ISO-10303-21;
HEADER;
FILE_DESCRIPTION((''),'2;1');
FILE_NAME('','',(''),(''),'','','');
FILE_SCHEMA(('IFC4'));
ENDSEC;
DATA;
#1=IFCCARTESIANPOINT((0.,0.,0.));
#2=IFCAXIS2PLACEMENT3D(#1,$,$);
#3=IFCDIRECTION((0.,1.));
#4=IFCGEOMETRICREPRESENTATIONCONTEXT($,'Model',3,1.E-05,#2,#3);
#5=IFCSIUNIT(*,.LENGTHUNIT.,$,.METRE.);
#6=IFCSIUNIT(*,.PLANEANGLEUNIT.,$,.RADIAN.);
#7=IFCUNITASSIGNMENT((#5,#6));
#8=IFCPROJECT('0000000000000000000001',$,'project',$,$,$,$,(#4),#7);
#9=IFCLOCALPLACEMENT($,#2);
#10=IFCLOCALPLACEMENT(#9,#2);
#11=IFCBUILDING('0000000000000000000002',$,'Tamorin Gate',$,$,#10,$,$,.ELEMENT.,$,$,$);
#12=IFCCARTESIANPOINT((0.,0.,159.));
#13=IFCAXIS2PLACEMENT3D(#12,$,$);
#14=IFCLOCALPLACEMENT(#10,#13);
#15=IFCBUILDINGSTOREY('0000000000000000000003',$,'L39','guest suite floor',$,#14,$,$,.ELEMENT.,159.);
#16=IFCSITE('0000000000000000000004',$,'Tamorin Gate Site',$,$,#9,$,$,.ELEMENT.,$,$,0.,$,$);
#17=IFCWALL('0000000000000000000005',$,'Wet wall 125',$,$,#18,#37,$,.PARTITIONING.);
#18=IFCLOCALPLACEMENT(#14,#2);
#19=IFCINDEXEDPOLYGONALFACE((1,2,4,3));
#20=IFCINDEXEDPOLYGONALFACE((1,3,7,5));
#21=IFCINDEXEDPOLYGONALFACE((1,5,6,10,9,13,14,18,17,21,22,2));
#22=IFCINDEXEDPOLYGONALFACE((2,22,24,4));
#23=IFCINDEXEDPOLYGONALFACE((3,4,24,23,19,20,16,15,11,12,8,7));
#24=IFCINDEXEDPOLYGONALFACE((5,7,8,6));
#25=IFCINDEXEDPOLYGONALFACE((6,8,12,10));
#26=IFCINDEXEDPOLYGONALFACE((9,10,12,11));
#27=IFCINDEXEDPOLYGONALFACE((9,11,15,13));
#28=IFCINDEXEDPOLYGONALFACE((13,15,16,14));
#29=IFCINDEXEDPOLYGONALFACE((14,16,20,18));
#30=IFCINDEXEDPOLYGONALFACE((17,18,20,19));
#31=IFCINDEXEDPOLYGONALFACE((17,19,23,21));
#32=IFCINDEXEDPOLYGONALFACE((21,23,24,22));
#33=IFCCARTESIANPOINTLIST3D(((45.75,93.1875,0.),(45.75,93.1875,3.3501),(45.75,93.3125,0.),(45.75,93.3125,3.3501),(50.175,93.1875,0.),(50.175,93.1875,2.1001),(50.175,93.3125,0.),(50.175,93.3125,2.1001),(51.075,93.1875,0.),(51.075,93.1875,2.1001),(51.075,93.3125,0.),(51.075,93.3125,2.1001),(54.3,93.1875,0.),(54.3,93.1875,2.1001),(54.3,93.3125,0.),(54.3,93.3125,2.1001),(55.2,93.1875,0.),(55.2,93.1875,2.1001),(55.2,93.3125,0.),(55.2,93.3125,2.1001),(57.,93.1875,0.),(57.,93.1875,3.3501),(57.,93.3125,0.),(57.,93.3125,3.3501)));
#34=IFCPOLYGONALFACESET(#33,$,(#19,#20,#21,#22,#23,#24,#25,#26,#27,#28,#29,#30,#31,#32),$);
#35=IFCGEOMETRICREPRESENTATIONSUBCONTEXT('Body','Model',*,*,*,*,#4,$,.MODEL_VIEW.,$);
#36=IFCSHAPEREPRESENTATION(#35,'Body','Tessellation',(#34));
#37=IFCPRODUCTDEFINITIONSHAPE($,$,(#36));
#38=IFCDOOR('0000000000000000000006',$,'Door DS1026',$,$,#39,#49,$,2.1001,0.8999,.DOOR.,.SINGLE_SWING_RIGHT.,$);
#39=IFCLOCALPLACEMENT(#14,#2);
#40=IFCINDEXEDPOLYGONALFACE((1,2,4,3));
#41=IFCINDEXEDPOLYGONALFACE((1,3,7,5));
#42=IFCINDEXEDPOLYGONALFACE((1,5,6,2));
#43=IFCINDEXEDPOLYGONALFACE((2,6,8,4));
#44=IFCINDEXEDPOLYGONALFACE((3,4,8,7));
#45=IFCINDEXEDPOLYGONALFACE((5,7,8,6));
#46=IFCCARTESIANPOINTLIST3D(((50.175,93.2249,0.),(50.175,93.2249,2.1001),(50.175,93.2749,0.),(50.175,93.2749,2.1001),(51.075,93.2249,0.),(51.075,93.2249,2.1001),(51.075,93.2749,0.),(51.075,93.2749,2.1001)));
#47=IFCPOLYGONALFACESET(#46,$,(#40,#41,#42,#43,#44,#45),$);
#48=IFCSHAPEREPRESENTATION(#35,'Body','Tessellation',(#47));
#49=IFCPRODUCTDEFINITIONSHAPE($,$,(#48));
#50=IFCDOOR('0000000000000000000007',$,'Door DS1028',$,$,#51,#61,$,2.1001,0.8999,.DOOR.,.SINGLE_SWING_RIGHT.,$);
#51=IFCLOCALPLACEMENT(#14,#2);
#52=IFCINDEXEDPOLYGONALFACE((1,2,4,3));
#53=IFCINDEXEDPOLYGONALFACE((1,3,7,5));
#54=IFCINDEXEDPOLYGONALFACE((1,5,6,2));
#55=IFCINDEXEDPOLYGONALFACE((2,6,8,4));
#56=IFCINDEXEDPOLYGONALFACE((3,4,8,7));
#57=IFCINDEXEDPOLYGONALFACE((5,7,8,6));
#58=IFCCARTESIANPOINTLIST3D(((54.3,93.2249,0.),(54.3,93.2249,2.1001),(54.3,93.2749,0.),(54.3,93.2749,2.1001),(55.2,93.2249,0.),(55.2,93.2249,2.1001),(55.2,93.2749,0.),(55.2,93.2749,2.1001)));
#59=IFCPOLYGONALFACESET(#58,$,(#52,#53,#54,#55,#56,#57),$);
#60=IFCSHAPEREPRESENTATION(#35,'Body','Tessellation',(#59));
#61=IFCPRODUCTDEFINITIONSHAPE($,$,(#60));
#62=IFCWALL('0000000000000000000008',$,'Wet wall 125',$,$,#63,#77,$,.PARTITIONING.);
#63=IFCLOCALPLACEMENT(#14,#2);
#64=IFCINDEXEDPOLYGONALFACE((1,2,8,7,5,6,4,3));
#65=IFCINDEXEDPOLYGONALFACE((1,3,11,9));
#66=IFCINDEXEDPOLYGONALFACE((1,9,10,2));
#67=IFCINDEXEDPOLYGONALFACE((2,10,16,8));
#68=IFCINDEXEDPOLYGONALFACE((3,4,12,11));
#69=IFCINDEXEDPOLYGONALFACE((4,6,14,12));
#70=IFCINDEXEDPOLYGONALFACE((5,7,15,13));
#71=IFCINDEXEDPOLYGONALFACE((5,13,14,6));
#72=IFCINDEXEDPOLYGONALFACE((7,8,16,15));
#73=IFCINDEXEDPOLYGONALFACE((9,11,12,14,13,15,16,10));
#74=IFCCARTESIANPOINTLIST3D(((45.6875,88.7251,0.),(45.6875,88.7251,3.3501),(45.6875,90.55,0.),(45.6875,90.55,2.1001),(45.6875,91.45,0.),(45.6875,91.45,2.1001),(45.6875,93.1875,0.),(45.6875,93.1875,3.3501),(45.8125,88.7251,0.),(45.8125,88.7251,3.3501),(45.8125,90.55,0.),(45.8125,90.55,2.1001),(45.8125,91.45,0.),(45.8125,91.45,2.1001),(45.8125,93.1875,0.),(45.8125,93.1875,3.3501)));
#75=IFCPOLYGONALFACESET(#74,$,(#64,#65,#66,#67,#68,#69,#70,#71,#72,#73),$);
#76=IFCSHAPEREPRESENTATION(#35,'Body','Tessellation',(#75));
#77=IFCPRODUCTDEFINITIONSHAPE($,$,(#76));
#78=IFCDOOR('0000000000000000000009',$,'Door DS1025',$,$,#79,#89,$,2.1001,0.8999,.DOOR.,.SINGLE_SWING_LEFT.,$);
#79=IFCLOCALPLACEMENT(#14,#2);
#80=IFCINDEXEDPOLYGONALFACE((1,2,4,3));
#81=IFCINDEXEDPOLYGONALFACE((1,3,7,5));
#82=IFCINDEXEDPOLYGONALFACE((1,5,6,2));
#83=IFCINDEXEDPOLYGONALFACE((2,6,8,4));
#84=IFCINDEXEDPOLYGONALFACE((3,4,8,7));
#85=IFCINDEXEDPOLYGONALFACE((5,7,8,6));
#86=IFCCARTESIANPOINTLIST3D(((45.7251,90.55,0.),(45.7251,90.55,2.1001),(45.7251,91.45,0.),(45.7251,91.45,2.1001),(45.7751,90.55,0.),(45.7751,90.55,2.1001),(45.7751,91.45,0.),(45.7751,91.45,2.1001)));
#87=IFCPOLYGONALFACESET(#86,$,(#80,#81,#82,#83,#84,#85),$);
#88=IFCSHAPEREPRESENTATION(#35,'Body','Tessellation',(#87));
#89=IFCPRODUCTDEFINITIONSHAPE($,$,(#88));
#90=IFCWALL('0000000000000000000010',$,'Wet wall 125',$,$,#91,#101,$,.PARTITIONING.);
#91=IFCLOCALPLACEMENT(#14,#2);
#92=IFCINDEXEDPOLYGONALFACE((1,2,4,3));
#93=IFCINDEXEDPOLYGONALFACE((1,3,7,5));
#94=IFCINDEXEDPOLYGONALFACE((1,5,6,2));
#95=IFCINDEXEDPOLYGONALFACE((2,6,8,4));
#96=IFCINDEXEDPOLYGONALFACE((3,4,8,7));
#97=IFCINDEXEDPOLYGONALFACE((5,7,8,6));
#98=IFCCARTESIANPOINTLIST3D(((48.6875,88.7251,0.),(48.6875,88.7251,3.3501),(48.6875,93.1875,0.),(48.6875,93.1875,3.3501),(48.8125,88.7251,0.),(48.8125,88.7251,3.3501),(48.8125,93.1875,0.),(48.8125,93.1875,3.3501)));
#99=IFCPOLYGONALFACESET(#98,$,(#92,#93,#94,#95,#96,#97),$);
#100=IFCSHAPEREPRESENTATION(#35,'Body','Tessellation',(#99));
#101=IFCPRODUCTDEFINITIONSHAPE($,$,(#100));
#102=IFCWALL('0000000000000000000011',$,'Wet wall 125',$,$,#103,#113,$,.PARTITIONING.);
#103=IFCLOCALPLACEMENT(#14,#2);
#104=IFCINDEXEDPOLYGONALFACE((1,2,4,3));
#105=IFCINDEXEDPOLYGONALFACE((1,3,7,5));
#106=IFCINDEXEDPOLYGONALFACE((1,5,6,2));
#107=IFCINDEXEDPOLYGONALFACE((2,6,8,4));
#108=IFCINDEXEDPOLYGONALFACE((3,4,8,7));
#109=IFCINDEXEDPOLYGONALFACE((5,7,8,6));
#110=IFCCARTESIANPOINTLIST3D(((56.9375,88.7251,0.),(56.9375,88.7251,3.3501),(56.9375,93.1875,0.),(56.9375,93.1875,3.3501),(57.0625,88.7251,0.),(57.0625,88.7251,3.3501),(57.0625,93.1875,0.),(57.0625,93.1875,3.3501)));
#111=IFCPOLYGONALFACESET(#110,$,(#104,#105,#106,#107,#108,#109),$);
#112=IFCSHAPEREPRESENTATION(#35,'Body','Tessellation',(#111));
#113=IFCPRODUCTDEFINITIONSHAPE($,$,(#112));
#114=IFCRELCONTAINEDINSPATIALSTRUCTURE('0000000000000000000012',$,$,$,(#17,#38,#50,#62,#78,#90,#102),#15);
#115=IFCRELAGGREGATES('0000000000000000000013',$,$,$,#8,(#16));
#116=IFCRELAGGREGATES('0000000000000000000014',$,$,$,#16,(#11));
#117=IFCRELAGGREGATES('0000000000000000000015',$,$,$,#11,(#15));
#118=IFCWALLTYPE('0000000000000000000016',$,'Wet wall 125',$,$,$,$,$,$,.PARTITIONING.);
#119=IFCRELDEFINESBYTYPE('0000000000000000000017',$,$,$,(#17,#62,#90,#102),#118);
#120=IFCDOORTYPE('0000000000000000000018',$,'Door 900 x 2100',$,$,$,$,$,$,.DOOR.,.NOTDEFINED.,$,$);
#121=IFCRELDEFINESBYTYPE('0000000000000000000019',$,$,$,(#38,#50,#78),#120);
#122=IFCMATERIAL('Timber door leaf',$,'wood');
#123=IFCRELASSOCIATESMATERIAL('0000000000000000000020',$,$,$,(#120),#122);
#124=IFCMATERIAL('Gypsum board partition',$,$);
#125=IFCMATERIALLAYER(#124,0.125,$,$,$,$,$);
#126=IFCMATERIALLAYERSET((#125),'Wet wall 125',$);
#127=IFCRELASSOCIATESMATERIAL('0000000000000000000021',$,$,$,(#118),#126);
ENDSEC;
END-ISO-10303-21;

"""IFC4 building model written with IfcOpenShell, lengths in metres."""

from ifc_helpers import new_model, si_unit, direction, frame, frame_2d, origin, place, context, subcontext, project, spatial, rectangle, extrude, material, layer, layer_set, type_object, element, fill, save


model = new_model("IFC4")

# Units and contexts
model_context = context("Model", 3, precision=1e-05, world=origin(), true_north=direction((0.0, 1.0)))
body_context = subcontext(model_context, "Body", "Model", "MODEL_VIEW")
ifc_project = project(units=[si_unit("LENGTHUNIT", "METRE"), si_unit("PLANEANGLEUNIT", "RADIAN")], contexts=[model_context])

# Site, building, storey
site_placement = place(None, origin())
site = spatial("IfcSite", under=ifc_project, at=site_placement, Name="Tamorin Gate Site", CompositionType="ELEMENT", RefElevation=0.0)
building_placement = place(site_placement, origin())
building = spatial("IfcBuilding", under=site, at=building_placement, Name="Tamorin Gate", CompositionType="ELEMENT")
storey_placement = place(building_placement, frame((0.0, 0.0, 159.0)))
storey = spatial("IfcBuildingStorey", under=building, at=storey_placement, Name="L39", Description="guest suite floor", CompositionType="ELEMENT", Elevation=159.0)

# Shared definitions
ifc_material_1 = material(Name="Gypsum board partition")

# Shared definitions
ifc_material_2 = material(Name="Timber door leaf", Category="wood")
door_type = type_object("IfcDoorType", Name="Door 900 x 2100", OperationType="NOTDEFINED", PredefinedType="DOOR", material=ifc_material_2)

# Wall, openings, doors
ifc_layer_1 = layer(ifc_material_1, 0.125)
ifc_layer_set_1 = layer_set([ifc_layer_1], Name="Wet wall 125")
wall_type_1 = type_object("IfcWallType", Name="Wet wall 125", PredefinedType="PARTITIONING", material=ifc_layer_set_1)
wall_1_placement = place(storey_placement, frame((45.75, 93.25, 0.0), z_axis=(0.0, 0.0, 1.0), x_axis=(1.0, 0.0, 0.0)))
wall_1 = element("IfcWall", 1, at=wall_1_placement, inside=storey, type_object=wall_type_1, Name="Wet wall 125", PredefinedType="PARTITIONING", context=body_context, shape_type="SweptSolid", body=[
    extrude(rectangle(XDim=11.25, YDim=0.125, at=frame_2d((5.625, 0.0))), origin(), (0.0, 0.0, 1.0), 3.3501),
])
opening_1_placement = place(wall_1_placement, frame((4.425, 0.0, 0.0)))
opening_1 = element("IfcOpeningElement", 2, at=opening_1_placement, cuts=wall_1, PredefinedType="OPENING", context=body_context, shape_type="SweptSolid", body=[
    extrude(rectangle(XDim=0.8999, YDim=2.1001, at=frame_2d((0.45, 1.05))), frame((0.0, 0.0725, 0.0), z_axis=(0.0, -1.0, 0.0), x_axis=(1.0, 0.0, 0.0)), (0.0, 0.0, 1.0), 0.145),
])
opening_2_placement = place(wall_1_placement, frame((8.55, 0.0, 0.0)))
opening_2 = element("IfcOpeningElement", 3, at=opening_2_placement, cuts=wall_1, PredefinedType="OPENING", context=body_context, shape_type="SweptSolid", body=[
    extrude(rectangle(XDim=0.8999, YDim=2.1001, at=frame_2d((0.45, 1.05))), frame((0.0, 0.0725, 0.0), z_axis=(0.0, -1.0, 0.0), x_axis=(1.0, 0.0, 0.0)), (0.0, 0.0, 1.0), 0.145),
])
door_1_placement = place(opening_1_placement, origin())
door_1 = element("IfcDoor", 4, at=door_1_placement, inside=storey, type_object=door_type, Name="Door DS1026", OperationType="SINGLE_SWING_RIGHT", OverallHeight=2.1001, OverallWidth=0.8999, PredefinedType="DOOR", context=body_context, shape_type="SweptSolid", body=[
    extrude(rectangle(XDim=0.8999, YDim=2.1001, at=frame_2d((0.45, 1.05))), frame((0.0, 0.0249, 0.0), z_axis=(0.0, -1.0, 0.0), x_axis=(1.0, 0.0, 0.0)), (0.0, 0.0, 1.0), 0.05),
])
fill(opening_1, door_1)
door_2_placement = place(opening_2_placement, origin())
door_2 = element("IfcDoor", 5, at=door_2_placement, inside=storey, type_object=door_type, Name="Door DS1028", OperationType="SINGLE_SWING_RIGHT", OverallHeight=2.1001, OverallWidth=0.8999, PredefinedType="DOOR", context=body_context, shape_type="SweptSolid", body=[
    extrude(rectangle(XDim=0.8999, YDim=2.1001, at=frame_2d((0.45, 1.05))), frame((0.0, 0.0249, 0.0), z_axis=(0.0, -1.0, 0.0), x_axis=(1.0, 0.0, 0.0)), (0.0, 0.0, 1.0), 0.05),
])
fill(opening_2, door_2)

# Wall, opening, door
wall_2_placement = place(storey_placement, frame((45.75, 88.7251, 0.0), z_axis=(0.0, 0.0, 1.0), x_axis=(0.0, 1.0, 0.0)))
wall_2 = element("IfcWall", 6, at=wall_2_placement, inside=storey, type_object=wall_type_1, Name="Wet wall 125", PredefinedType="PARTITIONING", context=body_context, shape_type="SweptSolid", body=[
    extrude(rectangle(XDim=4.4624, YDim=0.125, at=frame_2d((2.2312, 0.0))), origin(), (0.0, 0.0, 1.0), 3.3501),
])
opening_3_placement = place(wall_2_placement, frame((1.825, 0.0, 0.0)))
opening_3 = element("IfcOpeningElement", 7, at=opening_3_placement, cuts=wall_2, PredefinedType="OPENING", context=body_context, shape_type="SweptSolid", body=[
    extrude(rectangle(XDim=0.8999, YDim=2.1001, at=frame_2d((0.45, 1.05))), frame((0.0, 0.0725, 0.0), z_axis=(0.0, -1.0, 0.0), x_axis=(1.0, 0.0, 0.0)), (0.0, 0.0, 1.0), 0.145),
])
door_3_placement = place(opening_3_placement, origin())
door_3 = element("IfcDoor", 8, at=door_3_placement, inside=storey, type_object=door_type, Name="Door DS1025", OperationType="SINGLE_SWING_LEFT", OverallHeight=2.1001, OverallWidth=0.8999, PredefinedType="DOOR", context=body_context, shape_type="SweptSolid", body=[
    extrude(rectangle(XDim=0.8999, YDim=2.1001, at=frame_2d((0.45, 1.05))), frame((0.0, 0.0249, 0.0), z_axis=(0.0, -1.0, 0.0), x_axis=(1.0, 0.0, 0.0)), (0.0, 0.0, 1.0), 0.05),
])
fill(opening_3, door_3)

# Walls
for number, where, z_axis, x_axis, name in (
    (9, (48.75, 88.7251, 0.0), (0.0, 0.0, 1.0), (0.0, 1.0, 0.0), "Wet wall 125"),
    (10, (57.0, 88.7251, 0.0), (0.0, 0.0, 1.0), (0.0, 1.0, 0.0), "Wet wall 125"),
):
    element("IfcWall", number, at=place(storey_placement, frame(where, z_axis=z_axis, x_axis=x_axis)), inside=storey, type_object=wall_type_1, Name=name, PredefinedType="PARTITIONING", context=body_context, shape_type="SweptSolid", body=[
        extrude(rectangle(XDim=4.4624, YDim=0.125, at=frame_2d((2.2312, 0.0))), origin(), (0.0, 0.0, 1.0), 3.3501),
    ])

save(model, "model.ifc")
